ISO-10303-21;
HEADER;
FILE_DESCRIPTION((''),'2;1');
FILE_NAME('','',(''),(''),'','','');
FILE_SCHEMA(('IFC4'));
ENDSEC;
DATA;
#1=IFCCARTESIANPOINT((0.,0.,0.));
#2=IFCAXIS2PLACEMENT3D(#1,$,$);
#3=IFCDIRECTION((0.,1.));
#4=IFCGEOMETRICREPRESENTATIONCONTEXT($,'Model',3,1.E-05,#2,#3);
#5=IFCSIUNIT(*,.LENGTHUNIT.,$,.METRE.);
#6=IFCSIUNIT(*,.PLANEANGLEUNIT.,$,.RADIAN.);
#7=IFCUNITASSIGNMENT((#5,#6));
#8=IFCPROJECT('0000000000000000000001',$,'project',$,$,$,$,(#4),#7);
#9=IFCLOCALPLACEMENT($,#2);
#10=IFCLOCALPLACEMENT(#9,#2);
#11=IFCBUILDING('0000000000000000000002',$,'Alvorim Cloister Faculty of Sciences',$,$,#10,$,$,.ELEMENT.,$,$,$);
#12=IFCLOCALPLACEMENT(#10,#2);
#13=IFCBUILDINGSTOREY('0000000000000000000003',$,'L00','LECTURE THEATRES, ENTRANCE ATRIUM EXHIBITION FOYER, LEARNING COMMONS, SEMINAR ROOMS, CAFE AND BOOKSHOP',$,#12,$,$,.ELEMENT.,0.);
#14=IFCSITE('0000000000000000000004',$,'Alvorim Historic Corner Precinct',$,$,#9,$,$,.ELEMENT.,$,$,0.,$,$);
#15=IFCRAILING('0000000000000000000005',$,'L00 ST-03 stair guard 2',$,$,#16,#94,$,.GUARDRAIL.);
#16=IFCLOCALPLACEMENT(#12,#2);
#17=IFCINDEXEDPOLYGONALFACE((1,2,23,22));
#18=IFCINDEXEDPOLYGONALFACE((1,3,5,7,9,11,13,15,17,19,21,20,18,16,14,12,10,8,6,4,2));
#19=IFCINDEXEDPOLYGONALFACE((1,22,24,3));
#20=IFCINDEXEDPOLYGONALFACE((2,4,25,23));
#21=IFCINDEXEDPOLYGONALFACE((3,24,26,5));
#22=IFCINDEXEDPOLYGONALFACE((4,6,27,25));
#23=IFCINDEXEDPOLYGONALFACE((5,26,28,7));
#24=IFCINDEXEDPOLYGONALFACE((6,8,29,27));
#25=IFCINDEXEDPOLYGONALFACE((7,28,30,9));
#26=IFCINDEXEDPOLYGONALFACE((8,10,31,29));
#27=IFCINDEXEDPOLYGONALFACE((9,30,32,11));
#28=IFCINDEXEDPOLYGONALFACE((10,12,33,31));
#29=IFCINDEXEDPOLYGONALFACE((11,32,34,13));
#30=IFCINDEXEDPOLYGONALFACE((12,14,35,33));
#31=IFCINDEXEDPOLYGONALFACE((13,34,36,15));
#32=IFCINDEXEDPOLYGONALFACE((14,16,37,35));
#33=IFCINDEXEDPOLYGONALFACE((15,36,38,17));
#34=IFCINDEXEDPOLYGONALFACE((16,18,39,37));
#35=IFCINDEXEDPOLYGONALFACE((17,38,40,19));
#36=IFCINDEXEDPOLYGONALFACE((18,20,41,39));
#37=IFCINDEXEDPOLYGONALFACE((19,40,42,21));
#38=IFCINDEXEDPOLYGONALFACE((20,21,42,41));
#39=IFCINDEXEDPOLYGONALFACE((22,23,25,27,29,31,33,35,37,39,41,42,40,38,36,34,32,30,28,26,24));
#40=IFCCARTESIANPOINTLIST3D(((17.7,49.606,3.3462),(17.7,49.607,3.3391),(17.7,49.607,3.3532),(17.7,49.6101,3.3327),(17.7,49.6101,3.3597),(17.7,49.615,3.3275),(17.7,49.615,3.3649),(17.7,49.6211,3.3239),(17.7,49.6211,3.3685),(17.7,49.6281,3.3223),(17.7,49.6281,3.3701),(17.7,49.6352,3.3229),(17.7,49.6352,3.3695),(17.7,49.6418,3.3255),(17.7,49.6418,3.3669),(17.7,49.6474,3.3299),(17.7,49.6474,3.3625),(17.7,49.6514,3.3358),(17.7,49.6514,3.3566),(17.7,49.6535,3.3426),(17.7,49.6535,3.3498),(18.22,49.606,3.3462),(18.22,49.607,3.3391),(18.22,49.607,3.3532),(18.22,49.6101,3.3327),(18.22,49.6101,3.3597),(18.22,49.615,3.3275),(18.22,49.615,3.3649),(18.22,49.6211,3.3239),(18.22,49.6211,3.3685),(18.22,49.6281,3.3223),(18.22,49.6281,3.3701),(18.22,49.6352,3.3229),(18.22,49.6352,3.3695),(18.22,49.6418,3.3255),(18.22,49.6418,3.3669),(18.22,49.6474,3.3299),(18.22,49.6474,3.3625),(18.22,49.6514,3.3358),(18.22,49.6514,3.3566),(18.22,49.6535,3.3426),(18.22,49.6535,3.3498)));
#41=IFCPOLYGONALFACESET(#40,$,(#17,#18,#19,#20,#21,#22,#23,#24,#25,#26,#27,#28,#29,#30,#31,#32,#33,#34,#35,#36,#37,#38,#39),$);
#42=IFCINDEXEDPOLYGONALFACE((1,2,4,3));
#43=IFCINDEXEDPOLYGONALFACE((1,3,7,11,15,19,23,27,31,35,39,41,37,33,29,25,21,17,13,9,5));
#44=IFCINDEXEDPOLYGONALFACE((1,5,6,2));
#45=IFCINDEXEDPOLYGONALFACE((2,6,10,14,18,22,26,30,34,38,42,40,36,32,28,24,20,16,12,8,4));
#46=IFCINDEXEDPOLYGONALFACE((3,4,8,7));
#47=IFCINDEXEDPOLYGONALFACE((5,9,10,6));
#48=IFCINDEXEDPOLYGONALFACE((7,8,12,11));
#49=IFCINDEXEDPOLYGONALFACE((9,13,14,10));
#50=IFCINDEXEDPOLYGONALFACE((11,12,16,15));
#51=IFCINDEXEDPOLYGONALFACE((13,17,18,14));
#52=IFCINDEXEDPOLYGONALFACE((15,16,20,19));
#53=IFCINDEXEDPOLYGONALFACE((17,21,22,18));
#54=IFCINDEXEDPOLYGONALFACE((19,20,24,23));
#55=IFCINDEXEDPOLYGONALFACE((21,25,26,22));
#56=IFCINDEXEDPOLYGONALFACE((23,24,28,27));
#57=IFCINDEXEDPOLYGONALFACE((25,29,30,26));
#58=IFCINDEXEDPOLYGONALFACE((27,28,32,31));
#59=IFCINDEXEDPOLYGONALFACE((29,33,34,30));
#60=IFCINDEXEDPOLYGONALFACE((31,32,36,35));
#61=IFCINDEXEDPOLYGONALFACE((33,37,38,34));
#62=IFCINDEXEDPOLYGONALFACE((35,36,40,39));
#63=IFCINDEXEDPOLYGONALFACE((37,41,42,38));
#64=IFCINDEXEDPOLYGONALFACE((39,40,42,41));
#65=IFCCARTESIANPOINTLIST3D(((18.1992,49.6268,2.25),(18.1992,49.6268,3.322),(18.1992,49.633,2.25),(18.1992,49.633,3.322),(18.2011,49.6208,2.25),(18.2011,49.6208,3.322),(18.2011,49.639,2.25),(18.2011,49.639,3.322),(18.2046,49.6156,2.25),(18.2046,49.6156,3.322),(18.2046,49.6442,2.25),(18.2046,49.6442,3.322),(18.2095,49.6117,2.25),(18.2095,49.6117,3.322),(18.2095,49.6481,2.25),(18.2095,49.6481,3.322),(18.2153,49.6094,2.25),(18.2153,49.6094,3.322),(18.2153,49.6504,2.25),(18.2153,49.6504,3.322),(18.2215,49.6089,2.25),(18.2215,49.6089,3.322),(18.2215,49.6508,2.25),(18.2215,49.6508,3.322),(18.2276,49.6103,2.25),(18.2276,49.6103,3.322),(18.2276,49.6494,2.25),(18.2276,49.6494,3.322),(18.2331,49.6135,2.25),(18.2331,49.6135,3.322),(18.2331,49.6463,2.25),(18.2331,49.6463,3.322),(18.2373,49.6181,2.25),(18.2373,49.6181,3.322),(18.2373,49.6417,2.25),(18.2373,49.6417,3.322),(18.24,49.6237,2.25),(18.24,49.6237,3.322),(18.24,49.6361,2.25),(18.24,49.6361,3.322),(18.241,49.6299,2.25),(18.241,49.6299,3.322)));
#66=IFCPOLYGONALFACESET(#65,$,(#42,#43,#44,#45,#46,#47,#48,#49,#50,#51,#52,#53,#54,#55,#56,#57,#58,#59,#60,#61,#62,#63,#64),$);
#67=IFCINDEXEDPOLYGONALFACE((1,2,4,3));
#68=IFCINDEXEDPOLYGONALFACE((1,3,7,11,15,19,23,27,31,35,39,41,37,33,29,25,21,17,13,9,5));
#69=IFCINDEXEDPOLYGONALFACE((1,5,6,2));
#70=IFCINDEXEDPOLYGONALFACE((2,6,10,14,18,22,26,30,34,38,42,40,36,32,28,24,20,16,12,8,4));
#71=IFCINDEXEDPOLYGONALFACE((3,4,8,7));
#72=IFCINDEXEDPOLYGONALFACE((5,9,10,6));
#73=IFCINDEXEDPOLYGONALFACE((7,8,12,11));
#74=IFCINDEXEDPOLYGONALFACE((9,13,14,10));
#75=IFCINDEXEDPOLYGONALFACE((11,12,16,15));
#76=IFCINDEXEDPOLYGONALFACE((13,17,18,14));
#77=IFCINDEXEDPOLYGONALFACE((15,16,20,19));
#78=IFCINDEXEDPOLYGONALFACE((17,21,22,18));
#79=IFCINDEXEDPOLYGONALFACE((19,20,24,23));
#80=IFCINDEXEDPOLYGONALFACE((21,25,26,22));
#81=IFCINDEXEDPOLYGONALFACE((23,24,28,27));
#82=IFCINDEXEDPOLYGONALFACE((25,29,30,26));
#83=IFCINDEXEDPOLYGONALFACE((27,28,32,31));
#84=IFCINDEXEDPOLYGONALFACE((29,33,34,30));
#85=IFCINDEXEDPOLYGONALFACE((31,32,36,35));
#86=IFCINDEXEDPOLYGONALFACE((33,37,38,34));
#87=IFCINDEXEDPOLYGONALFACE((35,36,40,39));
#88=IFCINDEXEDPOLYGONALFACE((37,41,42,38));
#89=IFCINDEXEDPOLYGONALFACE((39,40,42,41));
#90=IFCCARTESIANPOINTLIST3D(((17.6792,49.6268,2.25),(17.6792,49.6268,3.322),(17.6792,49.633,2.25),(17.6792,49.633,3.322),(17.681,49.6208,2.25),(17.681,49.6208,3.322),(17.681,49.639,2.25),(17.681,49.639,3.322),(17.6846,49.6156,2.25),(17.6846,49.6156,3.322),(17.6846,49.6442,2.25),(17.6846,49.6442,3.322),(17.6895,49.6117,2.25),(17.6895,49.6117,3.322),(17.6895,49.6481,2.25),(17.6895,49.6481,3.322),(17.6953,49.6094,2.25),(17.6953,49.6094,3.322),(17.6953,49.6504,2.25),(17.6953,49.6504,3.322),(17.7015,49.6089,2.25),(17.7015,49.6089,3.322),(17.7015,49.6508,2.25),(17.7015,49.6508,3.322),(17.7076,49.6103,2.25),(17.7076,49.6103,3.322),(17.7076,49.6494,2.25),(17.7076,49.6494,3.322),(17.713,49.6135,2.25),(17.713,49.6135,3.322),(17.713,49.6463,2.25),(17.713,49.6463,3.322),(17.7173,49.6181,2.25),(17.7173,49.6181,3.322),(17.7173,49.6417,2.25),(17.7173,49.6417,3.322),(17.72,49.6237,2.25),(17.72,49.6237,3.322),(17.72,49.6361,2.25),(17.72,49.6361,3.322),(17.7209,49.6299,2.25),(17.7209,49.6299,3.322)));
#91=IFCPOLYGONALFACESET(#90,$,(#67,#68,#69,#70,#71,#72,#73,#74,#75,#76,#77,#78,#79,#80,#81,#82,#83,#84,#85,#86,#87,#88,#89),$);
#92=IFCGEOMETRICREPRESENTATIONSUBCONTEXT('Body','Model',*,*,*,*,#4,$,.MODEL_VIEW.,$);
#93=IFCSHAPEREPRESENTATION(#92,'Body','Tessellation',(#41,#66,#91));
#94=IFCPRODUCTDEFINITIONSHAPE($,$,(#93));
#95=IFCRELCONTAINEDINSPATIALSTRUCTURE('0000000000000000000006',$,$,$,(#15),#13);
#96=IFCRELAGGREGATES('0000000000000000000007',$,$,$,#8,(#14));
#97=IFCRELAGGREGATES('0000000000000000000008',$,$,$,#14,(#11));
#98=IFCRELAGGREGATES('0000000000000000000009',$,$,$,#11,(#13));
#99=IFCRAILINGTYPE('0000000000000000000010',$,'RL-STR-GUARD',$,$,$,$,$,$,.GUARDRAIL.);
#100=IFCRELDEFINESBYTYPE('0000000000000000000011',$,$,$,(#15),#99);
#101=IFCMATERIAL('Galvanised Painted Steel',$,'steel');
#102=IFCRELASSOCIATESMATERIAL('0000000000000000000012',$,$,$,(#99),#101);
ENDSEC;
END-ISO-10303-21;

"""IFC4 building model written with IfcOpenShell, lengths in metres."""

from ifc_helpers import new_model, si_unit, direction, frame, origin, origin_2d, place, context, subcontext, project, spatial, circle, extrude, material, type_object, element, save


model = new_model("IFC4")

# Units and contexts
model_context = context("Model", 3, precision=1e-05, world=origin(), true_north=direction((0.0, 1.0)))
body_context = subcontext(model_context, "Body", "Model", "MODEL_VIEW")
ifc_project = project(units=[si_unit("LENGTHUNIT", "METRE"), si_unit("PLANEANGLEUNIT", "RADIAN")], contexts=[model_context])

# Site, building, storey
site_placement = place(None, origin())
site = spatial("IfcSite", under=ifc_project, at=site_placement, Name="Alvorim Historic Corner Precinct", CompositionType="ELEMENT", RefElevation=0.0)
building_placement = place(site_placement, origin())
building = spatial("IfcBuilding", under=site, at=building_placement, Name="Alvorim Cloister Faculty of Sciences", CompositionType="ELEMENT")
storey_placement = place(building_placement, origin())
storey = spatial("IfcBuildingStorey", under=building, at=storey_placement, Name="L00", Description="LECTURE THEATRES, ENTRANCE ATRIUM EXHIBITION FOYER, LEARNING COMMONS, SEMINAR ROOMS, CAFE AND BOOKSHOP", CompositionType="ELEMENT", Elevation=0.0)

# Railing
ifc_material_1 = material(Name="Galvanised Painted Steel", Category="steel")
railing_type = type_object("IfcRailingType", Name="RL-STR-GUARD", PredefinedType="GUARDRAIL", material=ifc_material_1)
railing_1_placement = place(storey_placement, frame((18.22, 49.6299, 2.25)))
element("IfcRailing", 1, at=railing_1_placement, inside=storey, type_object=railing_type, Name="L00 ST-03 stair guard 2", PredefinedType="GUARDRAIL", context=body_context, shape_type="SweptSolid", body=[
    extrude(circle(Radius=0.0239, at=origin_2d()), frame((0.0, 0.0, 1.0962), z_axis=(-1.0, 0.0, 0.0), x_axis=(0.0, -1.0, 0.0)), (0.0, 0.0, 1.0), 0.52),
    extrude(circle(Radius=0.021, at=origin_2d()), origin(), (0.0, 0.0, 1.0), 1.072),
    extrude(circle(Radius=0.021, at=origin_2d()), frame((-0.52, 0.0, 0.0)), (0.0, 0.0, 1.0), 1.072),
])

save(model, "model.ifc")
